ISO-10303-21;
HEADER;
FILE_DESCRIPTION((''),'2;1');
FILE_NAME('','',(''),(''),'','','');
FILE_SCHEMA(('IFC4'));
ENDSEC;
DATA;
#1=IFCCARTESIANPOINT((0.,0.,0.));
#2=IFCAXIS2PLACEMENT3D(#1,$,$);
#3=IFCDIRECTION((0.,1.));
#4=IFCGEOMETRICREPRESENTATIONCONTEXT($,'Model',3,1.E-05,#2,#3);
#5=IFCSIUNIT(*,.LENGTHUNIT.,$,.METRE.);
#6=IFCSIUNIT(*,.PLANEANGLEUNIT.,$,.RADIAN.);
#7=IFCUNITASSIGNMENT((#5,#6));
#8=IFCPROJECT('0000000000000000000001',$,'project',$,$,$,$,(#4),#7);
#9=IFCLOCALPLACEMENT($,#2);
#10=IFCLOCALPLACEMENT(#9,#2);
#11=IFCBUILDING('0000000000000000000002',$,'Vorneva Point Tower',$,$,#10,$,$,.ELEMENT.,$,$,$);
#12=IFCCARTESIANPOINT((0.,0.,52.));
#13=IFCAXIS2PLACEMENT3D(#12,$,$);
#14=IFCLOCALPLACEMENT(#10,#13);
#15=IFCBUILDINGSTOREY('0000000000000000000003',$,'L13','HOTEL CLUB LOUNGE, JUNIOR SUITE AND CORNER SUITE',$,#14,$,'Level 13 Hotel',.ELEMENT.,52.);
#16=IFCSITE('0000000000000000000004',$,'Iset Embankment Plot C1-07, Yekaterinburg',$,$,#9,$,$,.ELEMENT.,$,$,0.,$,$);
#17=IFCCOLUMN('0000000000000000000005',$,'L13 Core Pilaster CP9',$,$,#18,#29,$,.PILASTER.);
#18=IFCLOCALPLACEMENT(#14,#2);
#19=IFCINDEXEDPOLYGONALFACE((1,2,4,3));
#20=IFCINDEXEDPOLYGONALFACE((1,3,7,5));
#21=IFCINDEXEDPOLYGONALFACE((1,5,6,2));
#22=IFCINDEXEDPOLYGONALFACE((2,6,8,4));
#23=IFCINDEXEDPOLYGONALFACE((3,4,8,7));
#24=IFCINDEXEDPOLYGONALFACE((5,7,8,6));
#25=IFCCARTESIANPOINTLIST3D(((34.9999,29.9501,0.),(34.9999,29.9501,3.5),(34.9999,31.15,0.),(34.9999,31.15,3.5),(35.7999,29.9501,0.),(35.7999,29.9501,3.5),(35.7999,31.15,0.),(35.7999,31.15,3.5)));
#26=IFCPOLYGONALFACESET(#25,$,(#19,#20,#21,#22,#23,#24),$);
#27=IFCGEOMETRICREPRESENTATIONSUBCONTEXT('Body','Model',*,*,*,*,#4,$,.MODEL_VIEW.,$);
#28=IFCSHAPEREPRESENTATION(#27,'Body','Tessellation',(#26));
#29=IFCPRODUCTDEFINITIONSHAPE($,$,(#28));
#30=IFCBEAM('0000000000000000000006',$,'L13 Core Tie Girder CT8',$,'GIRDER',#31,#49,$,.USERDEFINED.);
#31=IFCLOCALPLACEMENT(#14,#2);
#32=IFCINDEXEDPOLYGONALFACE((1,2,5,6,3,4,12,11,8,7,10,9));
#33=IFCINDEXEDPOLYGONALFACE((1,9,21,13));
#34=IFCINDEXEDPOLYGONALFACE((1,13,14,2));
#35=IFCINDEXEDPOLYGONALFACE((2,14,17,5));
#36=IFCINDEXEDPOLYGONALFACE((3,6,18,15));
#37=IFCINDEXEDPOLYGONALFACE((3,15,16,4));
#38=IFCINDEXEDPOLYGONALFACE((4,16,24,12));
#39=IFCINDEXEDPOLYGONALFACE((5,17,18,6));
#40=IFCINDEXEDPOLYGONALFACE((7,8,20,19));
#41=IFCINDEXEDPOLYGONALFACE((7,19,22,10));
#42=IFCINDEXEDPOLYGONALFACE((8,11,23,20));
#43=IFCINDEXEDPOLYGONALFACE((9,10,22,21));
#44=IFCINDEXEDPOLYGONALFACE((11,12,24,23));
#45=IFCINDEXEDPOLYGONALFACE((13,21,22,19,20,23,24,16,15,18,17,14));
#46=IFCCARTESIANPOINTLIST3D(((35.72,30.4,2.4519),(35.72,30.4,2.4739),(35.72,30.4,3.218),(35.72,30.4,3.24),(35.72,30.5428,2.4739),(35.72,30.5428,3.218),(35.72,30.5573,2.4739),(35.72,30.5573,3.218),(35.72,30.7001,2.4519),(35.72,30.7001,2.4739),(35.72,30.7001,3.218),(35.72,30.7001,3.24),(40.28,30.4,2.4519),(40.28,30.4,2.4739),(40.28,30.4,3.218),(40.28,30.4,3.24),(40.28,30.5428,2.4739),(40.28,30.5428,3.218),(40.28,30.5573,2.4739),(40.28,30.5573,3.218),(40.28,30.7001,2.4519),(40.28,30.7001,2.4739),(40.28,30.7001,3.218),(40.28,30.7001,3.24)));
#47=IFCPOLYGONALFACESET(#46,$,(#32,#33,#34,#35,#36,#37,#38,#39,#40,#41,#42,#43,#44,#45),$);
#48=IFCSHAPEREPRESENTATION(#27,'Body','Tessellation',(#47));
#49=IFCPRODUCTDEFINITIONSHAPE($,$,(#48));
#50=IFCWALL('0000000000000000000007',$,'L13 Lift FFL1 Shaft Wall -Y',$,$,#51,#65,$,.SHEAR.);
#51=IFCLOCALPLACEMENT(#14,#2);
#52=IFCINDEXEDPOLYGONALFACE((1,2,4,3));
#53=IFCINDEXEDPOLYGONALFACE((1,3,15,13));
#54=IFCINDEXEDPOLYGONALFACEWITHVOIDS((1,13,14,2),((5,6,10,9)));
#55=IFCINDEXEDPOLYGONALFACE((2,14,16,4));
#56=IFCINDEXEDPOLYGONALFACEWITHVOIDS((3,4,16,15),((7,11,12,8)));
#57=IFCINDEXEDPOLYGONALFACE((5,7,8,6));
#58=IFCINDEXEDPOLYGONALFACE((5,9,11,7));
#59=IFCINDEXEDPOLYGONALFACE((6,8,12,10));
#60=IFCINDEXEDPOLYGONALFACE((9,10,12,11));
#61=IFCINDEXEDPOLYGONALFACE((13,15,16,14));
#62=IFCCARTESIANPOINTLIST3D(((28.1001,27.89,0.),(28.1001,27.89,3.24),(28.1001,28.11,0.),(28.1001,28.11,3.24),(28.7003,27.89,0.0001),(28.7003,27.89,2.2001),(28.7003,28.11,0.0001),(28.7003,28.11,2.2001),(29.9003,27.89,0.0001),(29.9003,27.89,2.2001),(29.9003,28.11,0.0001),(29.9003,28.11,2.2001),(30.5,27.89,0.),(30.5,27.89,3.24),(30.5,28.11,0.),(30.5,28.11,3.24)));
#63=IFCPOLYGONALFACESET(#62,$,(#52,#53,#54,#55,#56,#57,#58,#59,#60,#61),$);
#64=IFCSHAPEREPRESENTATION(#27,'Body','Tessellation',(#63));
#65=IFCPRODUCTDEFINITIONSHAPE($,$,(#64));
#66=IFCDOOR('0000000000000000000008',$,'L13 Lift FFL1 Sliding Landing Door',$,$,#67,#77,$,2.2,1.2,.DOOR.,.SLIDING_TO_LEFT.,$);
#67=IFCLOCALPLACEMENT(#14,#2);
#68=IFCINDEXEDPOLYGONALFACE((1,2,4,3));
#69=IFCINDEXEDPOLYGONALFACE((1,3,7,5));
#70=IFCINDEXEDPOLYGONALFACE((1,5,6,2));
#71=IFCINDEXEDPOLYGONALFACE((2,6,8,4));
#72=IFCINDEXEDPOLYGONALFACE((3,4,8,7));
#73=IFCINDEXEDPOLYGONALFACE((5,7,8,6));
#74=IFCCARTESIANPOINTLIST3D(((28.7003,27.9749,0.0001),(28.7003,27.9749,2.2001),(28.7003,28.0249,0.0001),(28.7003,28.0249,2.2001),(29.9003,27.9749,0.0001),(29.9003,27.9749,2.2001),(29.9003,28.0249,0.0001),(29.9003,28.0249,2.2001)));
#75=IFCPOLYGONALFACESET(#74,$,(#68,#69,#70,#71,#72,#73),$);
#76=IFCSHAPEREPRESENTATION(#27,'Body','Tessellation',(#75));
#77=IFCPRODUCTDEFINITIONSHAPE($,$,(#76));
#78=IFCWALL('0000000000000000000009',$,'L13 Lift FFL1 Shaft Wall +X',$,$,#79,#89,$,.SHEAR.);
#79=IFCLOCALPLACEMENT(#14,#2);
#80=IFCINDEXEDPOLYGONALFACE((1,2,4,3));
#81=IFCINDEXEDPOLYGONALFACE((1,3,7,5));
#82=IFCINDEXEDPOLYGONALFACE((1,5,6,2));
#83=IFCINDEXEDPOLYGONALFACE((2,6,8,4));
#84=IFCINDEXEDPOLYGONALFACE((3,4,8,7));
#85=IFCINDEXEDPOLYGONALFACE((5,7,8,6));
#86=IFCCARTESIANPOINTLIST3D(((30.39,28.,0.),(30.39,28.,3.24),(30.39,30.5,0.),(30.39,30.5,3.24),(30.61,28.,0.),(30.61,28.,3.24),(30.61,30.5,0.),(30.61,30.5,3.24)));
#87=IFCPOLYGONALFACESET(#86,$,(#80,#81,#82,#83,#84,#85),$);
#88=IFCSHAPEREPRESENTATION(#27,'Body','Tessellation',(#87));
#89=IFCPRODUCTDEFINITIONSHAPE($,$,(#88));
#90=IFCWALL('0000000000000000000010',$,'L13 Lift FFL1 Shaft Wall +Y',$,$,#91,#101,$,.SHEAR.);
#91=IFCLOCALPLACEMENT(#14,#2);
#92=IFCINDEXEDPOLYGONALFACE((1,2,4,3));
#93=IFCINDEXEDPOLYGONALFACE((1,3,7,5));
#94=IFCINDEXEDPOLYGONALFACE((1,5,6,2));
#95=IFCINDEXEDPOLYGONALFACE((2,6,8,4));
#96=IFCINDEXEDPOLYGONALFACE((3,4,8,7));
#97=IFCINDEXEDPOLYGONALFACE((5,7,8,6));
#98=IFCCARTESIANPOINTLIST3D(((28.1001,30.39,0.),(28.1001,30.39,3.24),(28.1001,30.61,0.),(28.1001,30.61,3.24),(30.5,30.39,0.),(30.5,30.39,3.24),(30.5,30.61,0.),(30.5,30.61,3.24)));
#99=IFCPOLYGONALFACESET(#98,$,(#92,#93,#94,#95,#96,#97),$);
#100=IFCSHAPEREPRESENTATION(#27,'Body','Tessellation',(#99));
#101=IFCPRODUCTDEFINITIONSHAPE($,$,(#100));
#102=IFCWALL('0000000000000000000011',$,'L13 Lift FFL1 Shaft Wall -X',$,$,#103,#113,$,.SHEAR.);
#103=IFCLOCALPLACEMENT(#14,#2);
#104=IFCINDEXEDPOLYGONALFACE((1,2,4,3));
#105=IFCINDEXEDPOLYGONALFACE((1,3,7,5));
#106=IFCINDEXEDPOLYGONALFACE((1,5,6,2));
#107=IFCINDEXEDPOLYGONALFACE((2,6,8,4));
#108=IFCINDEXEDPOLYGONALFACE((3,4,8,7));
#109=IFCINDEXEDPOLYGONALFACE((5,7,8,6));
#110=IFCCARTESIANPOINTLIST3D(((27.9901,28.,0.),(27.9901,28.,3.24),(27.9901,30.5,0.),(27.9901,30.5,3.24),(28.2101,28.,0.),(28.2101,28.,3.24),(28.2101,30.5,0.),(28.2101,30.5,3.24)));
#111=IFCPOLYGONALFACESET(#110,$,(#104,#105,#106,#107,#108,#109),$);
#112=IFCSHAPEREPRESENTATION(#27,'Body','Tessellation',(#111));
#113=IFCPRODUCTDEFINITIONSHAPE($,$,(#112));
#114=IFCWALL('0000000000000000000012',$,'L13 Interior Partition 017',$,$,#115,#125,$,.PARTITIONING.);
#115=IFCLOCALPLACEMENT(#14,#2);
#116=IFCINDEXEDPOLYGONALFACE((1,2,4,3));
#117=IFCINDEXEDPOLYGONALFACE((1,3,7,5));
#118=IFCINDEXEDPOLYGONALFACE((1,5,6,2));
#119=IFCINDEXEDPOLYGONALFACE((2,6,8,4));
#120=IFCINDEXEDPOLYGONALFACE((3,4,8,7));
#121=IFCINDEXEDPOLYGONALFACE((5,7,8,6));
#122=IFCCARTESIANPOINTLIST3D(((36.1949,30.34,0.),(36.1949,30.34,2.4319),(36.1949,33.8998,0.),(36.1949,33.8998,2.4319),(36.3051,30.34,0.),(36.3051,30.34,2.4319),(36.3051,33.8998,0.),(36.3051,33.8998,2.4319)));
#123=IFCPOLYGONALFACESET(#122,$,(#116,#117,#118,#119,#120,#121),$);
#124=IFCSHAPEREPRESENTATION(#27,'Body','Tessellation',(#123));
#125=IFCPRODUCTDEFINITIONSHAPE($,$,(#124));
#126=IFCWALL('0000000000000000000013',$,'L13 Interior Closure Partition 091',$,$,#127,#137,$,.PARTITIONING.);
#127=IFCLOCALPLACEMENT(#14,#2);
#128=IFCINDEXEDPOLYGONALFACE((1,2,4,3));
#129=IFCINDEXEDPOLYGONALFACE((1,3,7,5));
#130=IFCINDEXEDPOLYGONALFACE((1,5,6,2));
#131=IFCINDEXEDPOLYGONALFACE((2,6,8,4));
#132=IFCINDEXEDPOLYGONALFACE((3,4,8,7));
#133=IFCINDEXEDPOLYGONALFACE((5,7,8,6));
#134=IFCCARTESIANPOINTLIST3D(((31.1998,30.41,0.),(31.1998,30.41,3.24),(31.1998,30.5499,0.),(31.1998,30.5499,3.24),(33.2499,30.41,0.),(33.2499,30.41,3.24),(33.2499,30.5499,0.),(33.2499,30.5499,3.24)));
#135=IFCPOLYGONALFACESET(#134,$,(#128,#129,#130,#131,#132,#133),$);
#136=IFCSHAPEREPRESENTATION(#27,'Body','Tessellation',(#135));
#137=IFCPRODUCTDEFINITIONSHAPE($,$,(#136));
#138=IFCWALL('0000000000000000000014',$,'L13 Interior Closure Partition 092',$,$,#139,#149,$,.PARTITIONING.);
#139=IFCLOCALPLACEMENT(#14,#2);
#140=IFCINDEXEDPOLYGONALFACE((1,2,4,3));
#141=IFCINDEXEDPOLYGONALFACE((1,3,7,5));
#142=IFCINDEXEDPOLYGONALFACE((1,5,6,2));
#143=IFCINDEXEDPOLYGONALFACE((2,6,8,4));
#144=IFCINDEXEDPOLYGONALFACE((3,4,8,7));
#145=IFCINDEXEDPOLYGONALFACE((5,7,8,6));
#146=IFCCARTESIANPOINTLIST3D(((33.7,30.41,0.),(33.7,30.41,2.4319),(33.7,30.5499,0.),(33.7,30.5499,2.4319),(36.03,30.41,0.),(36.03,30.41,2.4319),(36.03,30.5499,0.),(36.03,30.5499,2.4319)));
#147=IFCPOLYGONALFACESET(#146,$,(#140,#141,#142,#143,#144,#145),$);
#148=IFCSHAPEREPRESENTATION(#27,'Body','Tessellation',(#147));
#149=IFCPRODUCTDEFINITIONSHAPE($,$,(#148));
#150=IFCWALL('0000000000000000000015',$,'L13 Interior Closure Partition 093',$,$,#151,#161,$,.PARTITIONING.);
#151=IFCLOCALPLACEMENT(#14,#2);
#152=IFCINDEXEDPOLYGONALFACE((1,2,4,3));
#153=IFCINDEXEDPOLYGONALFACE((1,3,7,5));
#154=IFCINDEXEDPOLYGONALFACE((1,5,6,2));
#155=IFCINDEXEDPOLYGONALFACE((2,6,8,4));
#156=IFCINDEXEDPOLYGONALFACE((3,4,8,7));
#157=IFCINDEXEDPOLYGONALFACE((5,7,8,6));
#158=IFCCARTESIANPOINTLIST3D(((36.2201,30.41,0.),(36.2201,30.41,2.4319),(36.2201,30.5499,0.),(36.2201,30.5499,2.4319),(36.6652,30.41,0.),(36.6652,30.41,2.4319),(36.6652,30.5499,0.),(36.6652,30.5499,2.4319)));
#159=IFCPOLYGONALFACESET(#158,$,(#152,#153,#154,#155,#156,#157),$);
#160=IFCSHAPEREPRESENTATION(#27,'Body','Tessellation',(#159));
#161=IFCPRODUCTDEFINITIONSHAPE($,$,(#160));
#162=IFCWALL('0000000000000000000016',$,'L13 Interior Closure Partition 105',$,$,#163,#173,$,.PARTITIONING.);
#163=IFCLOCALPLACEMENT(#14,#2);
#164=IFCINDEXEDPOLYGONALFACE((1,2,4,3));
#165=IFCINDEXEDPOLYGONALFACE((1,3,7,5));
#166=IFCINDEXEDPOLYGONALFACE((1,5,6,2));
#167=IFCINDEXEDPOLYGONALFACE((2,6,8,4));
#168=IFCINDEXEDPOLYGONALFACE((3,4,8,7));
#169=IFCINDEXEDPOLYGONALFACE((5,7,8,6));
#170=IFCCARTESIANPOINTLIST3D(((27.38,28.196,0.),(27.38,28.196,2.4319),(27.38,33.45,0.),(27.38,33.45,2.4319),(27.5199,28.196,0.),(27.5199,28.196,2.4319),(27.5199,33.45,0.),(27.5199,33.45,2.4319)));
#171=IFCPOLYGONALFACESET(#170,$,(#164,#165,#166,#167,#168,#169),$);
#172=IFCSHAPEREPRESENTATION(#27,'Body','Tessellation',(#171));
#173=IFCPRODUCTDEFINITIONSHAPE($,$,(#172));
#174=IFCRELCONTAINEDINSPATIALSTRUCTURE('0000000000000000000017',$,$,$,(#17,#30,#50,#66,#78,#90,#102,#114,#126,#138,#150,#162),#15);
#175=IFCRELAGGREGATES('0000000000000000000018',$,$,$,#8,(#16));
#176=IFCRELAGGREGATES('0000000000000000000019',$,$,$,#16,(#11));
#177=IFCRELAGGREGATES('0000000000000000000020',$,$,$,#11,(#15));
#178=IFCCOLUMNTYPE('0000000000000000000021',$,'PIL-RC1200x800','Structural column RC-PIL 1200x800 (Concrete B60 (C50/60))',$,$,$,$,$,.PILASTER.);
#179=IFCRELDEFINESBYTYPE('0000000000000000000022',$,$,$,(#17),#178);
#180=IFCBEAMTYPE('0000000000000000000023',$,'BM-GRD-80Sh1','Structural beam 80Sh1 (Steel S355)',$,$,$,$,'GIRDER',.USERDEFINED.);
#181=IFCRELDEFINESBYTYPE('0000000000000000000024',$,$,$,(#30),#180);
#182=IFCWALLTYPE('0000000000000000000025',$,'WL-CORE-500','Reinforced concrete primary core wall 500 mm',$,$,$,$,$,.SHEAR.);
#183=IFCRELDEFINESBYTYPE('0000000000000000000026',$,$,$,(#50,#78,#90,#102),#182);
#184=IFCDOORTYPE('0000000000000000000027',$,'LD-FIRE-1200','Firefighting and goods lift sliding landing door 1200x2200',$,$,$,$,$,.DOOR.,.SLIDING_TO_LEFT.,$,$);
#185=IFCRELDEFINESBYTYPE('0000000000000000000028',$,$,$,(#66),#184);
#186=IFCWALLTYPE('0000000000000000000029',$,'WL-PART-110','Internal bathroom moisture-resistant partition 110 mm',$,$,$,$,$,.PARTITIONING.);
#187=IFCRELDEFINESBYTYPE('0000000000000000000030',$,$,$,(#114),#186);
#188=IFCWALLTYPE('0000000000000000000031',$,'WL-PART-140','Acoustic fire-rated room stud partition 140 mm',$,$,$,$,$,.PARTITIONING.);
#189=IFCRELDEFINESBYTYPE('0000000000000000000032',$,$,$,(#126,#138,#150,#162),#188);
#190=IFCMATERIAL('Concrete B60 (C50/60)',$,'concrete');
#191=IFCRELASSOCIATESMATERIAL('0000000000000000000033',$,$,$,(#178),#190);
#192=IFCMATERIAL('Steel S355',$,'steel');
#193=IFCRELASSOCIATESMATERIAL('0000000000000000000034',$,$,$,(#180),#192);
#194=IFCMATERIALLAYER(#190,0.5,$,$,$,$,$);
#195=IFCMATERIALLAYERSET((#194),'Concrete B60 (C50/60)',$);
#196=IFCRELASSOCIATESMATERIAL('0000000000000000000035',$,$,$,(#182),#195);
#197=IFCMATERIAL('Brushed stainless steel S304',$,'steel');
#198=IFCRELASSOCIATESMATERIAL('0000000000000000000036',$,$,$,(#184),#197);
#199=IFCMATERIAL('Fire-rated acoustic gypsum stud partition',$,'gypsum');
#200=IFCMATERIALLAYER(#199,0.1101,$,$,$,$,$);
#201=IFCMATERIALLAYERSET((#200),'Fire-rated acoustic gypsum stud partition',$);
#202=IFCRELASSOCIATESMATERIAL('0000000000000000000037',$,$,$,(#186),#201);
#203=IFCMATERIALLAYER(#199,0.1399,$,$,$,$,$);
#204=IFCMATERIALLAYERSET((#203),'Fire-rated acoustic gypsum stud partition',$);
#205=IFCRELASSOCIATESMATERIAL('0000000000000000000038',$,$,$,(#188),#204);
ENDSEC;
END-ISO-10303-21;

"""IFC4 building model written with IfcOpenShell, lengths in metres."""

from ifc_helpers import new_model, si_unit, direction, frame, frame_2d, origin, origin_2d, place, context, subcontext, project, spatial, rectangle, i_section, extrude, material, layer, layer_set, material_profile, profile_set, type_object, element, fill, save


model = new_model("IFC4")

# Units and contexts
model_context = context("Model", 3, precision=1e-05, world=origin(), true_north=direction((0.0, 1.0)))
body_context = subcontext(model_context, "Body", "Model", "MODEL_VIEW")
ifc_project = project(units=[si_unit("LENGTHUNIT", "METRE"), si_unit("PLANEANGLEUNIT", "RADIAN")], contexts=[model_context])

# Site, building, storey
site_placement = place(None, origin())
site = spatial("IfcSite", under=ifc_project, at=site_placement, Name="Iset Embankment Plot C1-07, Yekaterinburg", CompositionType="ELEMENT", RefElevation=0.0)
building_placement = place(site_placement, origin())
building = spatial("IfcBuilding", under=site, at=building_placement, Name="Vorneva Point Tower", CompositionType="ELEMENT")
storey_placement = place(building_placement, frame((0.0, 0.0, 52.0)))
storey = spatial("IfcBuildingStorey", under=building, at=storey_placement, Name="L13", Description="HOTEL CLUB LOUNGE, JUNIOR SUITE AND CORNER SUITE", LongName="Level 13 Hotel", CompositionType="ELEMENT", Elevation=52.0)

# Column
ifc_material_1 = material(Name="Concrete B60 (C50/60)", Category="concrete")
ifc_material_profile_1 = material_profile(ifc_material_1, rectangle(XDim=0.8, YDim=1.2, at=origin_2d()), Name="RC-PIL 1200x800")
ifc_profile_set_1 = profile_set([ifc_material_profile_1], Name="Concrete B60 (C50/60)")
column_type = type_object("IfcColumnType", Name="PIL-RC1200x800", Description="Structural column RC-PIL 1200x800 (Concrete B60 (C50/60))", PredefinedType="PILASTER", material=ifc_profile_set_1)
column_placement = place(storey_placement, frame((35.3999, 30.55, 0.0), z_axis=(0.0, 0.0, 1.0), x_axis=(1.0, 0.0, 0.0)))
element("IfcColumn", 1, at=column_placement, inside=storey, type_object=column_type, Name="L13 Core Pilaster CP9", PredefinedType="PILASTER", context=body_context, shape_type="SweptSolid", body=[
    extrude(rectangle(XDim=0.8, YDim=1.2, at=origin_2d()), origin(), (0.0, 0.0, 1.0), 3.5),
])

# Beam
ifc_material_2 = material(Name="Steel S355", Category="steel")
ifc_material_profile_2 = material_profile(ifc_material_2, i_section(OverallWidth=0.3, OverallDepth=0.7881, WebThickness=0.0144, FlangeThickness=0.022, at=origin_2d()), Name="80Sh1")
ifc_profile_set_2 = profile_set([ifc_material_profile_2], Name="Steel S355")
beam_type = type_object("IfcBeamType", Name="BM-GRD-80Sh1", Description="Structural beam 80Sh1 (Steel S355)", ElementType="GIRDER", PredefinedType="USERDEFINED", material=ifc_profile_set_2)
beam_placement = place(storey_placement, frame((35.72, 30.55, 2.8459), z_axis=(1.0, 0.0, 0.0), x_axis=(0.0, 1.0, 0.0)))
element("IfcBeam", 2, at=beam_placement, inside=storey, type_object=beam_type, Name="L13 Core Tie Girder CT8", ObjectType="GIRDER", PredefinedType="USERDEFINED", context=body_context, shape_type="SweptSolid", body=[
    extrude(i_section(OverallWidth=0.3, OverallDepth=0.7881, WebThickness=0.0144, FlangeThickness=0.022, at=origin_2d()), origin(), (0.0, 0.0, 1.0), 4.5601),
])

# Wall, opening, door
ifc_layer_1 = layer(ifc_material_1, 0.5)
ifc_layer_set_1 = layer_set([ifc_layer_1], Name="Concrete B60 (C50/60)")
wall_type_1 = type_object("IfcWallType", Name="WL-CORE-500", Description="Reinforced concrete primary core wall 500 mm", PredefinedType="SHEAR", material=ifc_layer_set_1)
wall_1_placement = place(storey_placement, frame((28.1001, 28.0, 0.0), z_axis=(0.0, 0.0, 1.0), x_axis=(1.0, 0.0, 0.0)))
wall_1 = element("IfcWall", 3, at=wall_1_placement, inside=storey, type_object=wall_type_1, Name="L13 Lift FFL1 Shaft Wall -Y", PredefinedType="SHEAR", context=body_context, shape_type="SweptSolid", body=[
    extrude(rectangle(XDim=2.3999, YDim=0.22, at=frame_2d((1.2, 0.0))), origin(), (0.0, 0.0, 1.0), 3.24),
])
opening_1_placement = place(wall_1_placement, frame((0.6001, 0.0, 0.0)))
opening_1 = element("IfcOpeningElement", 4, at=opening_1_placement, cuts=wall_1, PredefinedType="OPENING", context=body_context, shape_type="SweptSolid", body=[
    extrude(rectangle(XDim=1.2, YDim=2.2, at=frame_2d((0.6001, 1.1001))), frame((0.0, 0.125, 0.0), z_axis=(0.0, -1.0, 0.0), x_axis=(1.0, 0.0, 0.0)), (0.0, 0.0, 1.0), 0.2498),
])
ifc_material_3 = material(Name="Brushed stainless steel S304", Category="steel")
door_type_1 = type_object("IfcDoorType", Name="LD-FIRE-1200", Description="Firefighting and goods lift sliding landing door 1200x2200", OperationType="SLIDING_TO_LEFT", PredefinedType="DOOR", material=ifc_material_3)
door_1_placement = place(opening_1_placement, origin())
door_1 = element("IfcDoor", 5, at=door_1_placement, inside=storey, type_object=door_type_1, Name="L13 Lift FFL1 Sliding Landing Door", OperationType="SLIDING_TO_LEFT", OverallHeight=2.2, OverallWidth=1.2, PredefinedType="DOOR", context=body_context, shape_type="SweptSolid", body=[
    extrude(rectangle(XDim=1.2, YDim=2.2, at=frame_2d((0.6001, 1.1001))), frame((0.0, 0.0249, 0.0), z_axis=(0.0, -1.0, 0.0), x_axis=(1.0, 0.0, 0.0)), (0.0, 0.0, 1.0), 0.05),
])
fill(opening_1, door_1)

# Walls
wall_2_placement = place(storey_placement, frame((30.5, 28.0, 0.0), z_axis=(0.0, 0.0, 1.0), x_axis=(0.0, 1.0, 0.0)))
element("IfcWall", 6, at=wall_2_placement, inside=storey, type_object=wall_type_1, Name="L13 Lift FFL1 Shaft Wall +X", PredefinedType="SHEAR", context=body_context, shape_type="SweptSolid", body=[
    extrude(rectangle(XDim=2.5, YDim=0.22, at=frame_2d((1.25, 0.0))), origin(), (0.0, 0.0, 1.0), 3.24),
])
wall_3_placement = place(storey_placement, frame((30.5, 30.5, 0.0), z_axis=(0.0, 0.0, 1.0), x_axis=(-1.0, 0.0, 0.0)))
element("IfcWall", 7, at=wall_3_placement, inside=storey, type_object=wall_type_1, Name="L13 Lift FFL1 Shaft Wall +Y", PredefinedType="SHEAR", context=body_context, shape_type="SweptSolid", body=[
    extrude(rectangle(XDim=2.3999, YDim=0.22, at=frame_2d((1.2, 0.0))), origin(), (0.0, 0.0, 1.0), 3.24),
])
wall_4_placement = place(storey_placement, frame((28.1001, 30.5, 0.0), z_axis=(0.0, 0.0, 1.0), x_axis=(0.0, -1.0, 0.0)))
element("IfcWall", 8, at=wall_4_placement, inside=storey, type_object=wall_type_1, Name="L13 Lift FFL1 Shaft Wall -X", PredefinedType="SHEAR", context=body_context, shape_type="SweptSolid", body=[
    extrude(rectangle(XDim=2.5, YDim=0.22, at=frame_2d((1.25, 0.0))), origin(), (0.0, 0.0, 1.0), 3.24),
])
ifc_material_4 = material(Name="Fire-rated acoustic gypsum stud partition", Category="gypsum")
ifc_layer_2 = layer(ifc_material_4, 0.1101)
ifc_layer_set_2 = layer_set([ifc_layer_2], Name="Fire-rated acoustic gypsum stud partition")
wall_type_2 = type_object("IfcWallType", Name="WL-PART-110", Description="Internal bathroom moisture-resistant partition 110 mm", PredefinedType="PARTITIONING", material=ifc_layer_set_2)
wall_5_placement = place(storey_placement, frame((36.25, 30.3401, 0.0), z_axis=(0.0, 0.0, 1.0), x_axis=(0.0, 1.0, 0.0)))
element("IfcWall", 9, at=wall_5_placement, inside=storey, type_object=wall_type_2, Name="L13 Interior Partition 017", PredefinedType="PARTITIONING", context=body_context, shape_type="SweptSolid", body=[
    extrude(rectangle(XDim=3.5598, YDim=0.1101, at=frame_2d((1.7798, 0.0))), origin(), (0.0, 0.0, 1.0), 2.4319),
])
ifc_layer_3 = layer(ifc_material_4, 0.1399)
ifc_layer_set_3 = layer_set([ifc_layer_3], Name="Fire-rated acoustic gypsum stud partition")
wall_type_3 = type_object("IfcWallType", Name="WL-PART-140", Description="Acoustic fire-rated room stud partition 140 mm", PredefinedType="PARTITIONING", material=ifc_layer_set_3)
wall_6_placement = place(storey_placement, frame((31.2, 30.48, 0.0), z_axis=(0.0, 0.0, 1.0), x_axis=(1.0, 0.0, 0.0)))
element("IfcWall", 10, at=wall_6_placement, inside=storey, type_object=wall_type_3, Name="L13 Interior Closure Partition 091", PredefinedType="PARTITIONING", context=body_context, shape_type="SweptSolid", body=[
    extrude(rectangle(XDim=2.05, YDim=0.1399, at=frame_2d((1.0249, 0.0))), origin(), (0.0, 0.0, 1.0), 3.24),
])
wall_7_placement = place(storey_placement, frame((33.7, 30.48, 0.0), z_axis=(0.0, 0.0, 1.0), x_axis=(1.0, 0.0, 0.0)))
element("IfcWall", 11, at=wall_7_placement, inside=storey, type_object=wall_type_3, Name="L13 Interior Closure Partition 092", PredefinedType="PARTITIONING", context=body_context, shape_type="SweptSolid", body=[
    extrude(rectangle(XDim=2.3301, YDim=0.1399, at=frame_2d((1.165, 0.0))), origin(), (0.0, 0.0, 1.0), 2.4319),
])
wall_8_placement = place(storey_placement, frame((36.22, 30.48, 0.0), z_axis=(0.0, 0.0, 1.0), x_axis=(1.0, 0.0, 0.0)))
element("IfcWall", 12, at=wall_8_placement, inside=storey, type_object=wall_type_3, Name="L13 Interior Closure Partition 093", PredefinedType="PARTITIONING", context=body_context, shape_type="SweptSolid", body=[
    extrude(rectangle(XDim=0.4451, YDim=0.1399, at=frame_2d((0.2227, 0.0))), origin(), (0.0, 0.0, 1.0), 2.4319),
])
wall_9_placement = place(storey_placement, frame((27.45, 28.196, 0.0), z_axis=(0.0, 0.0, 1.0), x_axis=(0.0, 1.0, 0.0)))
element("IfcWall", 13, at=wall_9_placement, inside=storey, type_object=wall_type_3, Name="L13 Interior Closure Partition 105", PredefinedType="PARTITIONING", context=body_context, shape_type="SweptSolid", body=[
    extrude(rectangle(XDim=5.2539, YDim=0.1399, at=frame_2d((2.627, 0.0))), origin(), (0.0, 0.0, 1.0), 2.4319),
])

save(model, "model.ifc")
